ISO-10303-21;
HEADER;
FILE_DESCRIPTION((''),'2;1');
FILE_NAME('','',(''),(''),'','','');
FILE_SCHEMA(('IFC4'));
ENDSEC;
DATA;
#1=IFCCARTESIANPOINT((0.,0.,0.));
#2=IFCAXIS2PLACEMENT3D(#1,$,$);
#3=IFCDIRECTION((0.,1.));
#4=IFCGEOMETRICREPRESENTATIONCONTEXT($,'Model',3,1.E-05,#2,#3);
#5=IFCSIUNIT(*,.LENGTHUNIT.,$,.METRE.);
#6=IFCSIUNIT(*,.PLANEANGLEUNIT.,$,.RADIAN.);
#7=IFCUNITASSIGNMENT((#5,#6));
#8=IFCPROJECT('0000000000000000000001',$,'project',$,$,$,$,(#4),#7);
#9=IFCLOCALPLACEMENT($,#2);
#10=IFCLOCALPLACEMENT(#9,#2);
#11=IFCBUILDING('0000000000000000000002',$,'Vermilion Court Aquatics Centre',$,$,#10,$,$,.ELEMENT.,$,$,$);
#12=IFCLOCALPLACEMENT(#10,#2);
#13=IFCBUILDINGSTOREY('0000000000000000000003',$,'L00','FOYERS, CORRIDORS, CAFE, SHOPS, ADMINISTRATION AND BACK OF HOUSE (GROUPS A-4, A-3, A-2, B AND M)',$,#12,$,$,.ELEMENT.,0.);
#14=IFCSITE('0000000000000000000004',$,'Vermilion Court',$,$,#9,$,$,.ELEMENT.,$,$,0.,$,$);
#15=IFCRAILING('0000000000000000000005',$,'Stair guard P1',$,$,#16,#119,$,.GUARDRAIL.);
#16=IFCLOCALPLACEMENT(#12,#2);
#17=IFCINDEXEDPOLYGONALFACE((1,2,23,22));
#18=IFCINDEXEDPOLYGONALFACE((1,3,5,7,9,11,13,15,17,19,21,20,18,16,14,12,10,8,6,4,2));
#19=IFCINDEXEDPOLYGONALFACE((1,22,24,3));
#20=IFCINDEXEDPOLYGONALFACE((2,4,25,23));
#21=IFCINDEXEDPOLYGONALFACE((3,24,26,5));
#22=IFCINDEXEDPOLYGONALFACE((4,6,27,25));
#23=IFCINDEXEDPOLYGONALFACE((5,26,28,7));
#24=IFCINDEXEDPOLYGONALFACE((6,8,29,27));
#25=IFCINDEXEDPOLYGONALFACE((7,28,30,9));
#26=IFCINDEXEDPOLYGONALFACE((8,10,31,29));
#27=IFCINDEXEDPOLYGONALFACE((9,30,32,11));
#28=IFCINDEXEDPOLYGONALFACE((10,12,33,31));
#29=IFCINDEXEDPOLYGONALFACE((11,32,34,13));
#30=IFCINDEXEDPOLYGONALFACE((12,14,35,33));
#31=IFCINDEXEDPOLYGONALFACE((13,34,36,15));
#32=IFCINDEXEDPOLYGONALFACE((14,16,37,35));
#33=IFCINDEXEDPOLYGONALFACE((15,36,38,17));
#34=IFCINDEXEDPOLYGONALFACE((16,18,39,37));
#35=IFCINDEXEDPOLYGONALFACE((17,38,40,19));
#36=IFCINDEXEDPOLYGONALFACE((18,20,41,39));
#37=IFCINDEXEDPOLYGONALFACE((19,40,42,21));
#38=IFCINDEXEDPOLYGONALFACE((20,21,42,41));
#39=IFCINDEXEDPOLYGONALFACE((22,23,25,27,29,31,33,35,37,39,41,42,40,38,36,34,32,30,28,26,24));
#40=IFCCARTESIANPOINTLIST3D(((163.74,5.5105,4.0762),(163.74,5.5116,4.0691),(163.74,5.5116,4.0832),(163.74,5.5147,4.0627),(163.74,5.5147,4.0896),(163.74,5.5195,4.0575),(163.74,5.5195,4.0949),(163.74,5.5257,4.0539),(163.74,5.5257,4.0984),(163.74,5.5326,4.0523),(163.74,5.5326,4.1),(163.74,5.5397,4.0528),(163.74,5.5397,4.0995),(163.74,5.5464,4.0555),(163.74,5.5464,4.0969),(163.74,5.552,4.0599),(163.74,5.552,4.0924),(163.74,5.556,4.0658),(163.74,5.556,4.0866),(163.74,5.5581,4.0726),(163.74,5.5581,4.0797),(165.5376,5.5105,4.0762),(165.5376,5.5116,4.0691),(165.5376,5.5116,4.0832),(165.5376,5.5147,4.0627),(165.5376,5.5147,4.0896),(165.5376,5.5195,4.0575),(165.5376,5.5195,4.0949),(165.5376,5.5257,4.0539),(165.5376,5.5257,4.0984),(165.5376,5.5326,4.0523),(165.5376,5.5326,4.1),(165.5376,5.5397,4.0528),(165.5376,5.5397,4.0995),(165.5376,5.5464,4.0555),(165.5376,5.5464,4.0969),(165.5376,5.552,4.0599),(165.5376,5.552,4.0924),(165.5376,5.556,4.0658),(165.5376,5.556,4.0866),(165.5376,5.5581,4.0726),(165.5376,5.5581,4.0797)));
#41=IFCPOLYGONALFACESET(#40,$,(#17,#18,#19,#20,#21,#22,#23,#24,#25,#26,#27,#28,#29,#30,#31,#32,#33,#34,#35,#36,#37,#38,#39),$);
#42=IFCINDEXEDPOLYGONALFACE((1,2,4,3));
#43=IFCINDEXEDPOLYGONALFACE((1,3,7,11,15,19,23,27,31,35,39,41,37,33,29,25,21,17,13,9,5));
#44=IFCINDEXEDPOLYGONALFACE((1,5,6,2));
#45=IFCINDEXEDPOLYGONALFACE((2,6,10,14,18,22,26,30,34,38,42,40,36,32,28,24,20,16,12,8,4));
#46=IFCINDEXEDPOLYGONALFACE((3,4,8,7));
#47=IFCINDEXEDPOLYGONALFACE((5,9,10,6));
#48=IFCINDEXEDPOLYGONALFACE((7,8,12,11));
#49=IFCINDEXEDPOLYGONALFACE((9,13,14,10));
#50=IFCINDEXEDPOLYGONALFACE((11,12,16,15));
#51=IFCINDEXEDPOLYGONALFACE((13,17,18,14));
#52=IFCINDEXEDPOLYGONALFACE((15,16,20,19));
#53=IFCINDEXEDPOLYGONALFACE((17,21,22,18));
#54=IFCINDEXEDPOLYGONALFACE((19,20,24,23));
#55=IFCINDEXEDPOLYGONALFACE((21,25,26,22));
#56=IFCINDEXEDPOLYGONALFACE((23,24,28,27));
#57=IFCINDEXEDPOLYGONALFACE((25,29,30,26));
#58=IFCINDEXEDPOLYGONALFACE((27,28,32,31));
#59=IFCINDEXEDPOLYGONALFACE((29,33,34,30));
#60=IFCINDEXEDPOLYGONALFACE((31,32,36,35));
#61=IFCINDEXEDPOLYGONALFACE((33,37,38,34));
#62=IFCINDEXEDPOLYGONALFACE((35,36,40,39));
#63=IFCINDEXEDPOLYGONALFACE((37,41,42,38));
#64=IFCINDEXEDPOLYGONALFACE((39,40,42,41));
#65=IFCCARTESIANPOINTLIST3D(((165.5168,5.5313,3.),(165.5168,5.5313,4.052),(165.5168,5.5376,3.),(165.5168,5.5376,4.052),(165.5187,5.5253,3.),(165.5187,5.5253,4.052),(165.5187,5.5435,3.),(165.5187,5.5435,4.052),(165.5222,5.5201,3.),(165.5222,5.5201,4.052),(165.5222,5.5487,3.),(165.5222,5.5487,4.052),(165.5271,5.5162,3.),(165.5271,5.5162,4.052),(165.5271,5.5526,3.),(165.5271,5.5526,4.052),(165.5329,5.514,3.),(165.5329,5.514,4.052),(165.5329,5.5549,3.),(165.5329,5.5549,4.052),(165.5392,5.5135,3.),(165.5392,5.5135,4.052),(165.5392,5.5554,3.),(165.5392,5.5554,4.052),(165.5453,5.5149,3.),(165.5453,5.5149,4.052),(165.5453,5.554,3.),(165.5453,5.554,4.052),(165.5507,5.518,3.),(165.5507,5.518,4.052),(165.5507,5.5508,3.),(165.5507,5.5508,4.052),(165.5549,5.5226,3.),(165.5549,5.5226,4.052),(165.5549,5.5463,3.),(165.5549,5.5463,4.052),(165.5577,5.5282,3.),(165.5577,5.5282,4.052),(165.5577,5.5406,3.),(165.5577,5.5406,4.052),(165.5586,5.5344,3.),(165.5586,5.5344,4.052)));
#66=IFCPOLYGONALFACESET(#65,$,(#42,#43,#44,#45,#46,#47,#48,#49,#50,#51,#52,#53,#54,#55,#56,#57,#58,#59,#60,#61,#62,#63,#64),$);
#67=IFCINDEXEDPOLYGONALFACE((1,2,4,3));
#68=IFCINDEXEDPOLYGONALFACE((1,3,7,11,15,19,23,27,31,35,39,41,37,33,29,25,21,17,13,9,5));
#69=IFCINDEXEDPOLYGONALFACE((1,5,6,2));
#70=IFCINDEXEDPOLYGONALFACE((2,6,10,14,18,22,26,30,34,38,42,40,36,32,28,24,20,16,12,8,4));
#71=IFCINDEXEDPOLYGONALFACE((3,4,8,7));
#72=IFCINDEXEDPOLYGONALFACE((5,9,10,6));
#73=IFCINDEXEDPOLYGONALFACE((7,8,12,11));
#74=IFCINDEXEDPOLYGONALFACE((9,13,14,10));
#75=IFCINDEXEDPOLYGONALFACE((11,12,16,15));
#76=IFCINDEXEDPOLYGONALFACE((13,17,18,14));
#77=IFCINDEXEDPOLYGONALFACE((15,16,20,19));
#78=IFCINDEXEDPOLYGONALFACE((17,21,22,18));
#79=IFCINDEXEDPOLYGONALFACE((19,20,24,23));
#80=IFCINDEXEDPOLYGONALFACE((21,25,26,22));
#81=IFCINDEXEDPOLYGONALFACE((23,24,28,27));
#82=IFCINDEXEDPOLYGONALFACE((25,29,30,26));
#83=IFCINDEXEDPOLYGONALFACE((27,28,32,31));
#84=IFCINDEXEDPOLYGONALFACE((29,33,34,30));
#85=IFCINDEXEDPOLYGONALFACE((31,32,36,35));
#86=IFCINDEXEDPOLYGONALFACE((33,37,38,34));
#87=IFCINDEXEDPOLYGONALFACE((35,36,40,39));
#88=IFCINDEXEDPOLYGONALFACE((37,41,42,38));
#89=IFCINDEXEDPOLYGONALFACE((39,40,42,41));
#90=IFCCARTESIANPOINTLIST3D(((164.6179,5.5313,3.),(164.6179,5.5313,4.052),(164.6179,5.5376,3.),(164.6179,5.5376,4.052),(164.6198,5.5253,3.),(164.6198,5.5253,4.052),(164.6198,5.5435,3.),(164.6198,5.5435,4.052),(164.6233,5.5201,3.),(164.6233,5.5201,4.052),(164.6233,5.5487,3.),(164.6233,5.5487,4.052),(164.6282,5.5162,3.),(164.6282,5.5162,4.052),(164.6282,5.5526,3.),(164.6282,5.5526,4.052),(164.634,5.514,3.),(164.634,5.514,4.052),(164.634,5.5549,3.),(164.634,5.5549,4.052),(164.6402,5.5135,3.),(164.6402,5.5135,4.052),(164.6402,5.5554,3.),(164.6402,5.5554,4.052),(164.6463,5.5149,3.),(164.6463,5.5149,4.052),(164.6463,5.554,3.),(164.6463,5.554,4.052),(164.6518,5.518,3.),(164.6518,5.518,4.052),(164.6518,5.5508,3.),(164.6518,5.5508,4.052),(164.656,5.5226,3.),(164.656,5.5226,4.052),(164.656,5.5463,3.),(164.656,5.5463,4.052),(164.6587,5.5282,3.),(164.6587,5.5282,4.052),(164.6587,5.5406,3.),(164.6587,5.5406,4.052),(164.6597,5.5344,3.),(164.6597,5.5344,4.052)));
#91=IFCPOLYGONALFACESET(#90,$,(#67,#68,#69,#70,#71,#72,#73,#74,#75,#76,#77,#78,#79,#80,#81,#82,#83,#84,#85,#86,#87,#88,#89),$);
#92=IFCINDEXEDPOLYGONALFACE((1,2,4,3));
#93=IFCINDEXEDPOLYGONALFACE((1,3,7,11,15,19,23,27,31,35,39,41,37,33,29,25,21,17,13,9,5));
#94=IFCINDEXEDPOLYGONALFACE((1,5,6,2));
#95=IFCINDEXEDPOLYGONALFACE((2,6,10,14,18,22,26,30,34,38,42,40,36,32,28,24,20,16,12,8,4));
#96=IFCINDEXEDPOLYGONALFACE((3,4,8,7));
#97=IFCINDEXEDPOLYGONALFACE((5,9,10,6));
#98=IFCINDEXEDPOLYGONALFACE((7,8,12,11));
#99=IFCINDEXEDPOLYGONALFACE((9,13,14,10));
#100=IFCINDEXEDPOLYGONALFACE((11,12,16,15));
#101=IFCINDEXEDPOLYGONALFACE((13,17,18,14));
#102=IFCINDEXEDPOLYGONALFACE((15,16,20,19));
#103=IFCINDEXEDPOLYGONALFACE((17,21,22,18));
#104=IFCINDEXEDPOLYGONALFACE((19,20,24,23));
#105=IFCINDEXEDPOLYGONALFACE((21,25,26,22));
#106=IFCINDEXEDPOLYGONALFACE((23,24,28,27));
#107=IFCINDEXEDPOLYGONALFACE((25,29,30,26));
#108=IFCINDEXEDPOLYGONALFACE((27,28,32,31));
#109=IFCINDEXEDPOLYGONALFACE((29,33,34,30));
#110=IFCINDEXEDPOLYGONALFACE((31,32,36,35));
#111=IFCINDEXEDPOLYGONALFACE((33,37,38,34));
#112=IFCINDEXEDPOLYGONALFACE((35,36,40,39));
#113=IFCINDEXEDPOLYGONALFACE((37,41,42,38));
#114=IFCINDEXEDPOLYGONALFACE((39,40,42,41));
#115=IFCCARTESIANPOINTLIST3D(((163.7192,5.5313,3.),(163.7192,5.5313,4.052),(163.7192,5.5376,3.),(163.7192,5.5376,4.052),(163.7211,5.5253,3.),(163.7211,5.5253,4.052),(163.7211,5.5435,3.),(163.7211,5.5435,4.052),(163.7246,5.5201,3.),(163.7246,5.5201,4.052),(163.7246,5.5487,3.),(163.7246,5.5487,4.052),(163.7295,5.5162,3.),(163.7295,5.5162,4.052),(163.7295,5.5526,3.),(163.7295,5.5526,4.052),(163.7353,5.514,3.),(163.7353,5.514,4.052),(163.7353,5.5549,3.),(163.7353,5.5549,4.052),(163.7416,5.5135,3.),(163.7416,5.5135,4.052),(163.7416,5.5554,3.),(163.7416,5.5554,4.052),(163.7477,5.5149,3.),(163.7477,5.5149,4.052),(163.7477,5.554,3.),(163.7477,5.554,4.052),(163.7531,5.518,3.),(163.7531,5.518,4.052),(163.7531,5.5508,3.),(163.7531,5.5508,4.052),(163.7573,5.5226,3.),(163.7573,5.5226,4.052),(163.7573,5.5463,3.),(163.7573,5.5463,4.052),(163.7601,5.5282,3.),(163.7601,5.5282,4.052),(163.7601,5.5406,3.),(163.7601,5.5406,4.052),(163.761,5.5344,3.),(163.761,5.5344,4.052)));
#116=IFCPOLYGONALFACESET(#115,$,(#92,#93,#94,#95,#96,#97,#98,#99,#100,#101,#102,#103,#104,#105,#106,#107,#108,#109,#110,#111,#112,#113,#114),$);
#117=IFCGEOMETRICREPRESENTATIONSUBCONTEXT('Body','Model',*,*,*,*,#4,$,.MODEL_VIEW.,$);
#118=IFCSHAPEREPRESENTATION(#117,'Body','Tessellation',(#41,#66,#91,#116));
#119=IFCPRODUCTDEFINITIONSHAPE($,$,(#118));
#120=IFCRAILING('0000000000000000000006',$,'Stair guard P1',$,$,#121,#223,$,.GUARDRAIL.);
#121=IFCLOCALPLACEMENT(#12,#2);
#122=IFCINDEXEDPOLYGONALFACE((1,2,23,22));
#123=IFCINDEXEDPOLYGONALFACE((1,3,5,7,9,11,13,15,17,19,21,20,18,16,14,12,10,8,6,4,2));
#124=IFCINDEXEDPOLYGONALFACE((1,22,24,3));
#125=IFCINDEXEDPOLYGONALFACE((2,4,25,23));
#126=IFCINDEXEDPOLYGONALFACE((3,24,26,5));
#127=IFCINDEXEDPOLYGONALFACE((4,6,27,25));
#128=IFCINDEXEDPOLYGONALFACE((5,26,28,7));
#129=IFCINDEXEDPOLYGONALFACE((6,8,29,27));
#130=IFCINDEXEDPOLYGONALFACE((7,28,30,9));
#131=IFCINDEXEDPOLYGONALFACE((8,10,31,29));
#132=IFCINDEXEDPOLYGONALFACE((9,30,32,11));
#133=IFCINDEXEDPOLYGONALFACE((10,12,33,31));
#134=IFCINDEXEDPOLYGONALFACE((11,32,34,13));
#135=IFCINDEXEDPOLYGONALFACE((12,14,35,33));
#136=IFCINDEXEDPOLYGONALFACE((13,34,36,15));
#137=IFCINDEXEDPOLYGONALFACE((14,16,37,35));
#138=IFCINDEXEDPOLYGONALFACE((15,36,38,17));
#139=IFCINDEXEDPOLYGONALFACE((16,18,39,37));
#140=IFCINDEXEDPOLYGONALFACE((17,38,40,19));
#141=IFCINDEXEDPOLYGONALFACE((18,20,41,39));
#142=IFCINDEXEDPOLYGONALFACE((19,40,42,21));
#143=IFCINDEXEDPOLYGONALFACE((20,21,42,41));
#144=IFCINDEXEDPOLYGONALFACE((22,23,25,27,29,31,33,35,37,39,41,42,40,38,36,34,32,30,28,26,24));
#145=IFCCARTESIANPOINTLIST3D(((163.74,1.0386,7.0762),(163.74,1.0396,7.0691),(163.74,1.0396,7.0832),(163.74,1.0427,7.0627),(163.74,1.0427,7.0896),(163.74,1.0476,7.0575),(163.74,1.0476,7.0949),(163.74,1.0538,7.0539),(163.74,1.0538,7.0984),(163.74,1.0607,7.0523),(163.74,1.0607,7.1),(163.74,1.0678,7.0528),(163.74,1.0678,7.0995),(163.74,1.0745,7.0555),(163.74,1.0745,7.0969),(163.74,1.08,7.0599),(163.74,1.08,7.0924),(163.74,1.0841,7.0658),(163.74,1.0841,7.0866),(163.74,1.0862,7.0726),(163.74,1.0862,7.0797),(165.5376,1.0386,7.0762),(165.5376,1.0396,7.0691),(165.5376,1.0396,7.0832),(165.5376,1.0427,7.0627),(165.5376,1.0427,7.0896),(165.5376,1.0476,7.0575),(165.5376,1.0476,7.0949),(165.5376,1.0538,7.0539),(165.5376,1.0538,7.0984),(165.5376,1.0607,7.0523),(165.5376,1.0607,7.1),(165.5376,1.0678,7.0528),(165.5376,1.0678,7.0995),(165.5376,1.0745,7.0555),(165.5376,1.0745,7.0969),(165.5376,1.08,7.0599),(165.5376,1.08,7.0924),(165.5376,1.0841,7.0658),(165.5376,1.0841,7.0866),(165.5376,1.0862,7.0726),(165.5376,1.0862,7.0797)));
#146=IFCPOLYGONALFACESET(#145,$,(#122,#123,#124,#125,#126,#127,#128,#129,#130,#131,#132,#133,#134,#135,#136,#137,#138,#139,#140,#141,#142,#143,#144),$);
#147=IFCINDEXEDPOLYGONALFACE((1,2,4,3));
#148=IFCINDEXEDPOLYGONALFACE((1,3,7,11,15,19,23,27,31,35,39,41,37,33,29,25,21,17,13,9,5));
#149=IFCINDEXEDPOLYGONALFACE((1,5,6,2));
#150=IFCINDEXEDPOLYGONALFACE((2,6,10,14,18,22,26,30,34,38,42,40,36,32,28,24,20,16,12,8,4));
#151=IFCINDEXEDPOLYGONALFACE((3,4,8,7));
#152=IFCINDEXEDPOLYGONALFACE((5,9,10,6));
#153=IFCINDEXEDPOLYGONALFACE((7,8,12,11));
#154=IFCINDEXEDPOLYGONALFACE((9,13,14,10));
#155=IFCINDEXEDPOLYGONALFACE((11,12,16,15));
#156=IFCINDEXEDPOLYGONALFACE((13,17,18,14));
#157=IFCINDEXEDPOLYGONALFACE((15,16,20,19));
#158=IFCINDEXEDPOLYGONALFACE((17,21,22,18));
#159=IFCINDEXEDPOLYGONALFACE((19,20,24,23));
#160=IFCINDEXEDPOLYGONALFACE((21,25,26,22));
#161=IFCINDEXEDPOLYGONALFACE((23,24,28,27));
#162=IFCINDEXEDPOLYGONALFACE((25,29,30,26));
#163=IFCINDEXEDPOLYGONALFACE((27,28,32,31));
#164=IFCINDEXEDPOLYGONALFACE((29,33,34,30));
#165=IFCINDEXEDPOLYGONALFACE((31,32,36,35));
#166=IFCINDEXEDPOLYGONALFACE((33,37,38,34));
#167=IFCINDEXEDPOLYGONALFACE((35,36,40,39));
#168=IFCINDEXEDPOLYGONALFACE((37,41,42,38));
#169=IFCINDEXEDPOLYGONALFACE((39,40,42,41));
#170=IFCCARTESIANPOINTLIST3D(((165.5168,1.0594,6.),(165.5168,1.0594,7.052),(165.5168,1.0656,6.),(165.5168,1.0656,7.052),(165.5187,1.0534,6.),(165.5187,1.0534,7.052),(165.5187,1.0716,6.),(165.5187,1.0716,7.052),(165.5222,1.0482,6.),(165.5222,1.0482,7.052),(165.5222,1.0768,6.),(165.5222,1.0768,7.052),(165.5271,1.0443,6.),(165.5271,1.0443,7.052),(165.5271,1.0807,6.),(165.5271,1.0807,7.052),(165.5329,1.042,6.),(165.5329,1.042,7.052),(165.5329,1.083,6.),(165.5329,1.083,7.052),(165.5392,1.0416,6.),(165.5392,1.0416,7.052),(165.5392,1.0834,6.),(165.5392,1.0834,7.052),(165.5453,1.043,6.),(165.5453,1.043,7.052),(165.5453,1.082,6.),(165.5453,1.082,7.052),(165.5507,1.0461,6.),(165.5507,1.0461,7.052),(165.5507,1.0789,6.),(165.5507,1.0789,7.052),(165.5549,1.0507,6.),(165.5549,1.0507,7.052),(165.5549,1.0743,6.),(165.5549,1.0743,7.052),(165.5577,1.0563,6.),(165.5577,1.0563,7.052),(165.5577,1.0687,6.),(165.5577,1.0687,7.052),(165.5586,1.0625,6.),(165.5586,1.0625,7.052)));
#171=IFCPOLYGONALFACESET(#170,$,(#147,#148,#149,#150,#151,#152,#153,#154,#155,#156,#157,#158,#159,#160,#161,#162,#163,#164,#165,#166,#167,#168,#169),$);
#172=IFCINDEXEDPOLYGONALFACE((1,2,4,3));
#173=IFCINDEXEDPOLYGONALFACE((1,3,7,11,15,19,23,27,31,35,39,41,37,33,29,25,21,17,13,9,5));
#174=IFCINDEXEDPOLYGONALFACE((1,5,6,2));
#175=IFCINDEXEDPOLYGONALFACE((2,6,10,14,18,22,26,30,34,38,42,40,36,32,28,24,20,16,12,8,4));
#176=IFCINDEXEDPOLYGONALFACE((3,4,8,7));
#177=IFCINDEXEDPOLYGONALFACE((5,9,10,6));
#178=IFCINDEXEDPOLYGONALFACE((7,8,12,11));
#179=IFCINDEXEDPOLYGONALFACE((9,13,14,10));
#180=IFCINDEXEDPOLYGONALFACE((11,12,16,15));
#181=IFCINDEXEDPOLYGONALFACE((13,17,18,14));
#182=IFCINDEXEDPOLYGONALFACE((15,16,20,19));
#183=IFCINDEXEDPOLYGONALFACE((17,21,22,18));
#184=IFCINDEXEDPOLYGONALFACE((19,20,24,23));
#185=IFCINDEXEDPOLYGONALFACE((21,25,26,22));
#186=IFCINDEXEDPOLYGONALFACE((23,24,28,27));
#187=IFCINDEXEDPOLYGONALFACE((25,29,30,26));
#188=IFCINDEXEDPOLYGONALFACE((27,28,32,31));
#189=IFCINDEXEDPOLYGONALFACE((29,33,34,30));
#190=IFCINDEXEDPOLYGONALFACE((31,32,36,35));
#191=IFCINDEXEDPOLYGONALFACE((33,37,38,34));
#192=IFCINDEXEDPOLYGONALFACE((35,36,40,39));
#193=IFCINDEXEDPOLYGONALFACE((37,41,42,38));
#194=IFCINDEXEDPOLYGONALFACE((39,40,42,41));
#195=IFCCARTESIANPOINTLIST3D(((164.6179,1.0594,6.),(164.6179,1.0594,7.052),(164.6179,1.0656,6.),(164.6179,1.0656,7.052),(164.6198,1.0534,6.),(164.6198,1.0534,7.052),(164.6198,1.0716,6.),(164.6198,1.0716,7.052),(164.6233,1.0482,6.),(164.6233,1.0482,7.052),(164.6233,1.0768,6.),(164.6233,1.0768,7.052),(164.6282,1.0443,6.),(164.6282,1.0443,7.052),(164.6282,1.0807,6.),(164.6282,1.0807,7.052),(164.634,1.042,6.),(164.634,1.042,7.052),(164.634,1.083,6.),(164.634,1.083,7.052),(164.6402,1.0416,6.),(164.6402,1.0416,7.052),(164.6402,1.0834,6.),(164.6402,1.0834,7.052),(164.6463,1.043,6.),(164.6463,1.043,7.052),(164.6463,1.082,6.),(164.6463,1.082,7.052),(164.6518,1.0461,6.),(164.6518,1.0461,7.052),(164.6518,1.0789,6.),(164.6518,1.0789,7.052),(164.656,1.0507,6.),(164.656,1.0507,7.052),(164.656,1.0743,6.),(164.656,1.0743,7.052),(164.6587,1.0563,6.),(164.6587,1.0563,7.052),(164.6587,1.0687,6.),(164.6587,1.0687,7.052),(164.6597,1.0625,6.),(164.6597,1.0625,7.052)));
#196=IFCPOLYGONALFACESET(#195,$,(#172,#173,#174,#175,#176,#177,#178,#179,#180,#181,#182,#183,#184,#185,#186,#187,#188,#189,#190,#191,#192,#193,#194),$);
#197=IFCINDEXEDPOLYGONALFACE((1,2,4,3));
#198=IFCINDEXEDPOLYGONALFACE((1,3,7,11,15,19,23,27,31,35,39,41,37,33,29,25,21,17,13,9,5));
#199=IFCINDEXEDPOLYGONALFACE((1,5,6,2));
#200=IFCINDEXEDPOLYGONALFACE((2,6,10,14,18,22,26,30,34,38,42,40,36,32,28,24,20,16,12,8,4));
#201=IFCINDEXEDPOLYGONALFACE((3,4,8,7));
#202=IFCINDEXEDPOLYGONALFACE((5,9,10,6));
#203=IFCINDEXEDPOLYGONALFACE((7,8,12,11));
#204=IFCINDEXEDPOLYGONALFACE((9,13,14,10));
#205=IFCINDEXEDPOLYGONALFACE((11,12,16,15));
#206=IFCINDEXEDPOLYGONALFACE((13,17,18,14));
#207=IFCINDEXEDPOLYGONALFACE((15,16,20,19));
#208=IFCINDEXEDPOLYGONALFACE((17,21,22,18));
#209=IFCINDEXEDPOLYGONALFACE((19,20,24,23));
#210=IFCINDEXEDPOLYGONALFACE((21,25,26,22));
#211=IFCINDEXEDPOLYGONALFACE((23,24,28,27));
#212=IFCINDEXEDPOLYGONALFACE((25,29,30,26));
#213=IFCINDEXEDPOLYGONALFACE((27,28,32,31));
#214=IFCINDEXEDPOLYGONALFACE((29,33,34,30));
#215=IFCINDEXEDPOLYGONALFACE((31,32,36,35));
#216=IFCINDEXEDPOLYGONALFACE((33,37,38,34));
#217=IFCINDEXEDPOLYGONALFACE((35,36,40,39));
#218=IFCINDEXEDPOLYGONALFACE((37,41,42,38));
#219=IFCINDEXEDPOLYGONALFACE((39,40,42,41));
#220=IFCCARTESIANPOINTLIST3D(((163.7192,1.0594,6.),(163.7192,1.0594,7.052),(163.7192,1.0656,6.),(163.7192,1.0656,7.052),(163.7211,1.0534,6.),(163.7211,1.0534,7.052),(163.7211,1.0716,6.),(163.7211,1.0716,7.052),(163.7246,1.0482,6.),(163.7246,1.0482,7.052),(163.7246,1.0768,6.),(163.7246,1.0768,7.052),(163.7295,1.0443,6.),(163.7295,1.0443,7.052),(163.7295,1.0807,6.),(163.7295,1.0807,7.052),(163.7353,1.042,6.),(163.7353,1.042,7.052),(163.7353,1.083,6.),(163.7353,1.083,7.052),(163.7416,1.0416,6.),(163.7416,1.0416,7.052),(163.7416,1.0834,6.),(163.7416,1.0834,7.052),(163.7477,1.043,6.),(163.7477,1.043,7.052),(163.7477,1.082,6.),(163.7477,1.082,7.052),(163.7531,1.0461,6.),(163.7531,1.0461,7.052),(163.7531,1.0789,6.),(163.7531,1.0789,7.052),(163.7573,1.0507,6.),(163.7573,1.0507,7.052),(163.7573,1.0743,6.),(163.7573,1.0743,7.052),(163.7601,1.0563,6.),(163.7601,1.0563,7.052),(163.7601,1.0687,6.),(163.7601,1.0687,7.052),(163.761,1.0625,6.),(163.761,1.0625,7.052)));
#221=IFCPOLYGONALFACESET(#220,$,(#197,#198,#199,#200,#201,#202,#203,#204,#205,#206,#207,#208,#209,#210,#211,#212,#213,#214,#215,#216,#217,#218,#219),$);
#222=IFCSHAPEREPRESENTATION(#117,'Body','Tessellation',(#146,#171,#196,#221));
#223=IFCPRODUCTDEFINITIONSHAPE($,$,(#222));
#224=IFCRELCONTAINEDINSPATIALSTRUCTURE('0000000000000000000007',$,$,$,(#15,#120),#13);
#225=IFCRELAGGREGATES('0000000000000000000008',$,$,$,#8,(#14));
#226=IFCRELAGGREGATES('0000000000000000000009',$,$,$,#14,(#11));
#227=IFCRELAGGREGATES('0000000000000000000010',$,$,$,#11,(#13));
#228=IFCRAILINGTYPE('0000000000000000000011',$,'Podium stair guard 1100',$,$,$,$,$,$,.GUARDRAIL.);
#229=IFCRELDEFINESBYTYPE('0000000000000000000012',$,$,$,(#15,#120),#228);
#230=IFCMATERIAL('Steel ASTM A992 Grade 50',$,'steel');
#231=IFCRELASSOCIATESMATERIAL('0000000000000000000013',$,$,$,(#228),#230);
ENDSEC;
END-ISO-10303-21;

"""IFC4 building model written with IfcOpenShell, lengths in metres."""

from ifc_helpers import new_model, si_unit, direction, frame, origin, origin_2d, place, context, subcontext, project, spatial, circle, extrude, material, type_object, element, save


model = new_model("IFC4")

# Units and contexts
model_context = context("Model", 3, precision=1e-05, world=origin(), true_north=direction((0.0, 1.0)))
body_context = subcontext(model_context, "Body", "Model", "MODEL_VIEW")
ifc_project = project(units=[si_unit("LENGTHUNIT", "METRE"), si_unit("PLANEANGLEUNIT", "RADIAN")], contexts=[model_context])

# Site, building, storey
site_placement = place(None, origin())
site = spatial("IfcSite", under=ifc_project, at=site_placement, Name="Vermilion Court", CompositionType="ELEMENT", RefElevation=0.0)
building_placement = place(site_placement, origin())
building = spatial("IfcBuilding", under=site, at=building_placement, Name="Vermilion Court Aquatics Centre", CompositionType="ELEMENT")
storey_placement = place(building_placement, origin())
storey = spatial("IfcBuildingStorey", under=building, at=storey_placement, Name="L00", Description="FOYERS, CORRIDORS, CAFE, SHOPS, ADMINISTRATION AND BACK OF HOUSE (GROUPS A-4, A-3, A-2, B AND M)", CompositionType="ELEMENT", Elevation=0.0)

# Railings
ifc_material_1 = material(Name="Steel ASTM A992 Grade 50", Category="steel")
railing_type_1 = type_object("IfcRailingType", Name="Podium stair guard 1100", PredefinedType="GUARDRAIL", material=ifc_material_1)
for number, where, name in (
    (1, (165.5376, 5.5344, 3.0), "Stair guard P1"),
    (2, (165.5376, 1.0625, 6.0), "Stair guard P1"),
):
    element("IfcRailing", number, at=place(storey_placement, frame(where)), inside=storey, type_object=railing_type_1, Name=name, PredefinedType="GUARDRAIL", context=body_context, shape_type="SweptSolid", body=[
        extrude(circle(Radius=0.0239, at=origin_2d()), frame((0.0, 0.0, 1.0762), z_axis=(-1.0, 0.0, 0.0), x_axis=(0.0, -1.0, 0.0)), (0.0, 0.0, 1.0), 1.7976),
        extrude(circle(Radius=0.021, at=origin_2d()), origin(), (0.0, 0.0, 1.0), 1.052),
        extrude(circle(Radius=0.021, at=origin_2d()), frame((-0.8989, 0.0, 0.0)), (0.0, 0.0, 1.0), 1.052),
        extrude(circle(Radius=0.021, at=origin_2d()), frame((-1.7976, 0.0, 0.0)), (0.0, 0.0, 1.0), 1.052),
    ])

save(model, "model.ifc")
